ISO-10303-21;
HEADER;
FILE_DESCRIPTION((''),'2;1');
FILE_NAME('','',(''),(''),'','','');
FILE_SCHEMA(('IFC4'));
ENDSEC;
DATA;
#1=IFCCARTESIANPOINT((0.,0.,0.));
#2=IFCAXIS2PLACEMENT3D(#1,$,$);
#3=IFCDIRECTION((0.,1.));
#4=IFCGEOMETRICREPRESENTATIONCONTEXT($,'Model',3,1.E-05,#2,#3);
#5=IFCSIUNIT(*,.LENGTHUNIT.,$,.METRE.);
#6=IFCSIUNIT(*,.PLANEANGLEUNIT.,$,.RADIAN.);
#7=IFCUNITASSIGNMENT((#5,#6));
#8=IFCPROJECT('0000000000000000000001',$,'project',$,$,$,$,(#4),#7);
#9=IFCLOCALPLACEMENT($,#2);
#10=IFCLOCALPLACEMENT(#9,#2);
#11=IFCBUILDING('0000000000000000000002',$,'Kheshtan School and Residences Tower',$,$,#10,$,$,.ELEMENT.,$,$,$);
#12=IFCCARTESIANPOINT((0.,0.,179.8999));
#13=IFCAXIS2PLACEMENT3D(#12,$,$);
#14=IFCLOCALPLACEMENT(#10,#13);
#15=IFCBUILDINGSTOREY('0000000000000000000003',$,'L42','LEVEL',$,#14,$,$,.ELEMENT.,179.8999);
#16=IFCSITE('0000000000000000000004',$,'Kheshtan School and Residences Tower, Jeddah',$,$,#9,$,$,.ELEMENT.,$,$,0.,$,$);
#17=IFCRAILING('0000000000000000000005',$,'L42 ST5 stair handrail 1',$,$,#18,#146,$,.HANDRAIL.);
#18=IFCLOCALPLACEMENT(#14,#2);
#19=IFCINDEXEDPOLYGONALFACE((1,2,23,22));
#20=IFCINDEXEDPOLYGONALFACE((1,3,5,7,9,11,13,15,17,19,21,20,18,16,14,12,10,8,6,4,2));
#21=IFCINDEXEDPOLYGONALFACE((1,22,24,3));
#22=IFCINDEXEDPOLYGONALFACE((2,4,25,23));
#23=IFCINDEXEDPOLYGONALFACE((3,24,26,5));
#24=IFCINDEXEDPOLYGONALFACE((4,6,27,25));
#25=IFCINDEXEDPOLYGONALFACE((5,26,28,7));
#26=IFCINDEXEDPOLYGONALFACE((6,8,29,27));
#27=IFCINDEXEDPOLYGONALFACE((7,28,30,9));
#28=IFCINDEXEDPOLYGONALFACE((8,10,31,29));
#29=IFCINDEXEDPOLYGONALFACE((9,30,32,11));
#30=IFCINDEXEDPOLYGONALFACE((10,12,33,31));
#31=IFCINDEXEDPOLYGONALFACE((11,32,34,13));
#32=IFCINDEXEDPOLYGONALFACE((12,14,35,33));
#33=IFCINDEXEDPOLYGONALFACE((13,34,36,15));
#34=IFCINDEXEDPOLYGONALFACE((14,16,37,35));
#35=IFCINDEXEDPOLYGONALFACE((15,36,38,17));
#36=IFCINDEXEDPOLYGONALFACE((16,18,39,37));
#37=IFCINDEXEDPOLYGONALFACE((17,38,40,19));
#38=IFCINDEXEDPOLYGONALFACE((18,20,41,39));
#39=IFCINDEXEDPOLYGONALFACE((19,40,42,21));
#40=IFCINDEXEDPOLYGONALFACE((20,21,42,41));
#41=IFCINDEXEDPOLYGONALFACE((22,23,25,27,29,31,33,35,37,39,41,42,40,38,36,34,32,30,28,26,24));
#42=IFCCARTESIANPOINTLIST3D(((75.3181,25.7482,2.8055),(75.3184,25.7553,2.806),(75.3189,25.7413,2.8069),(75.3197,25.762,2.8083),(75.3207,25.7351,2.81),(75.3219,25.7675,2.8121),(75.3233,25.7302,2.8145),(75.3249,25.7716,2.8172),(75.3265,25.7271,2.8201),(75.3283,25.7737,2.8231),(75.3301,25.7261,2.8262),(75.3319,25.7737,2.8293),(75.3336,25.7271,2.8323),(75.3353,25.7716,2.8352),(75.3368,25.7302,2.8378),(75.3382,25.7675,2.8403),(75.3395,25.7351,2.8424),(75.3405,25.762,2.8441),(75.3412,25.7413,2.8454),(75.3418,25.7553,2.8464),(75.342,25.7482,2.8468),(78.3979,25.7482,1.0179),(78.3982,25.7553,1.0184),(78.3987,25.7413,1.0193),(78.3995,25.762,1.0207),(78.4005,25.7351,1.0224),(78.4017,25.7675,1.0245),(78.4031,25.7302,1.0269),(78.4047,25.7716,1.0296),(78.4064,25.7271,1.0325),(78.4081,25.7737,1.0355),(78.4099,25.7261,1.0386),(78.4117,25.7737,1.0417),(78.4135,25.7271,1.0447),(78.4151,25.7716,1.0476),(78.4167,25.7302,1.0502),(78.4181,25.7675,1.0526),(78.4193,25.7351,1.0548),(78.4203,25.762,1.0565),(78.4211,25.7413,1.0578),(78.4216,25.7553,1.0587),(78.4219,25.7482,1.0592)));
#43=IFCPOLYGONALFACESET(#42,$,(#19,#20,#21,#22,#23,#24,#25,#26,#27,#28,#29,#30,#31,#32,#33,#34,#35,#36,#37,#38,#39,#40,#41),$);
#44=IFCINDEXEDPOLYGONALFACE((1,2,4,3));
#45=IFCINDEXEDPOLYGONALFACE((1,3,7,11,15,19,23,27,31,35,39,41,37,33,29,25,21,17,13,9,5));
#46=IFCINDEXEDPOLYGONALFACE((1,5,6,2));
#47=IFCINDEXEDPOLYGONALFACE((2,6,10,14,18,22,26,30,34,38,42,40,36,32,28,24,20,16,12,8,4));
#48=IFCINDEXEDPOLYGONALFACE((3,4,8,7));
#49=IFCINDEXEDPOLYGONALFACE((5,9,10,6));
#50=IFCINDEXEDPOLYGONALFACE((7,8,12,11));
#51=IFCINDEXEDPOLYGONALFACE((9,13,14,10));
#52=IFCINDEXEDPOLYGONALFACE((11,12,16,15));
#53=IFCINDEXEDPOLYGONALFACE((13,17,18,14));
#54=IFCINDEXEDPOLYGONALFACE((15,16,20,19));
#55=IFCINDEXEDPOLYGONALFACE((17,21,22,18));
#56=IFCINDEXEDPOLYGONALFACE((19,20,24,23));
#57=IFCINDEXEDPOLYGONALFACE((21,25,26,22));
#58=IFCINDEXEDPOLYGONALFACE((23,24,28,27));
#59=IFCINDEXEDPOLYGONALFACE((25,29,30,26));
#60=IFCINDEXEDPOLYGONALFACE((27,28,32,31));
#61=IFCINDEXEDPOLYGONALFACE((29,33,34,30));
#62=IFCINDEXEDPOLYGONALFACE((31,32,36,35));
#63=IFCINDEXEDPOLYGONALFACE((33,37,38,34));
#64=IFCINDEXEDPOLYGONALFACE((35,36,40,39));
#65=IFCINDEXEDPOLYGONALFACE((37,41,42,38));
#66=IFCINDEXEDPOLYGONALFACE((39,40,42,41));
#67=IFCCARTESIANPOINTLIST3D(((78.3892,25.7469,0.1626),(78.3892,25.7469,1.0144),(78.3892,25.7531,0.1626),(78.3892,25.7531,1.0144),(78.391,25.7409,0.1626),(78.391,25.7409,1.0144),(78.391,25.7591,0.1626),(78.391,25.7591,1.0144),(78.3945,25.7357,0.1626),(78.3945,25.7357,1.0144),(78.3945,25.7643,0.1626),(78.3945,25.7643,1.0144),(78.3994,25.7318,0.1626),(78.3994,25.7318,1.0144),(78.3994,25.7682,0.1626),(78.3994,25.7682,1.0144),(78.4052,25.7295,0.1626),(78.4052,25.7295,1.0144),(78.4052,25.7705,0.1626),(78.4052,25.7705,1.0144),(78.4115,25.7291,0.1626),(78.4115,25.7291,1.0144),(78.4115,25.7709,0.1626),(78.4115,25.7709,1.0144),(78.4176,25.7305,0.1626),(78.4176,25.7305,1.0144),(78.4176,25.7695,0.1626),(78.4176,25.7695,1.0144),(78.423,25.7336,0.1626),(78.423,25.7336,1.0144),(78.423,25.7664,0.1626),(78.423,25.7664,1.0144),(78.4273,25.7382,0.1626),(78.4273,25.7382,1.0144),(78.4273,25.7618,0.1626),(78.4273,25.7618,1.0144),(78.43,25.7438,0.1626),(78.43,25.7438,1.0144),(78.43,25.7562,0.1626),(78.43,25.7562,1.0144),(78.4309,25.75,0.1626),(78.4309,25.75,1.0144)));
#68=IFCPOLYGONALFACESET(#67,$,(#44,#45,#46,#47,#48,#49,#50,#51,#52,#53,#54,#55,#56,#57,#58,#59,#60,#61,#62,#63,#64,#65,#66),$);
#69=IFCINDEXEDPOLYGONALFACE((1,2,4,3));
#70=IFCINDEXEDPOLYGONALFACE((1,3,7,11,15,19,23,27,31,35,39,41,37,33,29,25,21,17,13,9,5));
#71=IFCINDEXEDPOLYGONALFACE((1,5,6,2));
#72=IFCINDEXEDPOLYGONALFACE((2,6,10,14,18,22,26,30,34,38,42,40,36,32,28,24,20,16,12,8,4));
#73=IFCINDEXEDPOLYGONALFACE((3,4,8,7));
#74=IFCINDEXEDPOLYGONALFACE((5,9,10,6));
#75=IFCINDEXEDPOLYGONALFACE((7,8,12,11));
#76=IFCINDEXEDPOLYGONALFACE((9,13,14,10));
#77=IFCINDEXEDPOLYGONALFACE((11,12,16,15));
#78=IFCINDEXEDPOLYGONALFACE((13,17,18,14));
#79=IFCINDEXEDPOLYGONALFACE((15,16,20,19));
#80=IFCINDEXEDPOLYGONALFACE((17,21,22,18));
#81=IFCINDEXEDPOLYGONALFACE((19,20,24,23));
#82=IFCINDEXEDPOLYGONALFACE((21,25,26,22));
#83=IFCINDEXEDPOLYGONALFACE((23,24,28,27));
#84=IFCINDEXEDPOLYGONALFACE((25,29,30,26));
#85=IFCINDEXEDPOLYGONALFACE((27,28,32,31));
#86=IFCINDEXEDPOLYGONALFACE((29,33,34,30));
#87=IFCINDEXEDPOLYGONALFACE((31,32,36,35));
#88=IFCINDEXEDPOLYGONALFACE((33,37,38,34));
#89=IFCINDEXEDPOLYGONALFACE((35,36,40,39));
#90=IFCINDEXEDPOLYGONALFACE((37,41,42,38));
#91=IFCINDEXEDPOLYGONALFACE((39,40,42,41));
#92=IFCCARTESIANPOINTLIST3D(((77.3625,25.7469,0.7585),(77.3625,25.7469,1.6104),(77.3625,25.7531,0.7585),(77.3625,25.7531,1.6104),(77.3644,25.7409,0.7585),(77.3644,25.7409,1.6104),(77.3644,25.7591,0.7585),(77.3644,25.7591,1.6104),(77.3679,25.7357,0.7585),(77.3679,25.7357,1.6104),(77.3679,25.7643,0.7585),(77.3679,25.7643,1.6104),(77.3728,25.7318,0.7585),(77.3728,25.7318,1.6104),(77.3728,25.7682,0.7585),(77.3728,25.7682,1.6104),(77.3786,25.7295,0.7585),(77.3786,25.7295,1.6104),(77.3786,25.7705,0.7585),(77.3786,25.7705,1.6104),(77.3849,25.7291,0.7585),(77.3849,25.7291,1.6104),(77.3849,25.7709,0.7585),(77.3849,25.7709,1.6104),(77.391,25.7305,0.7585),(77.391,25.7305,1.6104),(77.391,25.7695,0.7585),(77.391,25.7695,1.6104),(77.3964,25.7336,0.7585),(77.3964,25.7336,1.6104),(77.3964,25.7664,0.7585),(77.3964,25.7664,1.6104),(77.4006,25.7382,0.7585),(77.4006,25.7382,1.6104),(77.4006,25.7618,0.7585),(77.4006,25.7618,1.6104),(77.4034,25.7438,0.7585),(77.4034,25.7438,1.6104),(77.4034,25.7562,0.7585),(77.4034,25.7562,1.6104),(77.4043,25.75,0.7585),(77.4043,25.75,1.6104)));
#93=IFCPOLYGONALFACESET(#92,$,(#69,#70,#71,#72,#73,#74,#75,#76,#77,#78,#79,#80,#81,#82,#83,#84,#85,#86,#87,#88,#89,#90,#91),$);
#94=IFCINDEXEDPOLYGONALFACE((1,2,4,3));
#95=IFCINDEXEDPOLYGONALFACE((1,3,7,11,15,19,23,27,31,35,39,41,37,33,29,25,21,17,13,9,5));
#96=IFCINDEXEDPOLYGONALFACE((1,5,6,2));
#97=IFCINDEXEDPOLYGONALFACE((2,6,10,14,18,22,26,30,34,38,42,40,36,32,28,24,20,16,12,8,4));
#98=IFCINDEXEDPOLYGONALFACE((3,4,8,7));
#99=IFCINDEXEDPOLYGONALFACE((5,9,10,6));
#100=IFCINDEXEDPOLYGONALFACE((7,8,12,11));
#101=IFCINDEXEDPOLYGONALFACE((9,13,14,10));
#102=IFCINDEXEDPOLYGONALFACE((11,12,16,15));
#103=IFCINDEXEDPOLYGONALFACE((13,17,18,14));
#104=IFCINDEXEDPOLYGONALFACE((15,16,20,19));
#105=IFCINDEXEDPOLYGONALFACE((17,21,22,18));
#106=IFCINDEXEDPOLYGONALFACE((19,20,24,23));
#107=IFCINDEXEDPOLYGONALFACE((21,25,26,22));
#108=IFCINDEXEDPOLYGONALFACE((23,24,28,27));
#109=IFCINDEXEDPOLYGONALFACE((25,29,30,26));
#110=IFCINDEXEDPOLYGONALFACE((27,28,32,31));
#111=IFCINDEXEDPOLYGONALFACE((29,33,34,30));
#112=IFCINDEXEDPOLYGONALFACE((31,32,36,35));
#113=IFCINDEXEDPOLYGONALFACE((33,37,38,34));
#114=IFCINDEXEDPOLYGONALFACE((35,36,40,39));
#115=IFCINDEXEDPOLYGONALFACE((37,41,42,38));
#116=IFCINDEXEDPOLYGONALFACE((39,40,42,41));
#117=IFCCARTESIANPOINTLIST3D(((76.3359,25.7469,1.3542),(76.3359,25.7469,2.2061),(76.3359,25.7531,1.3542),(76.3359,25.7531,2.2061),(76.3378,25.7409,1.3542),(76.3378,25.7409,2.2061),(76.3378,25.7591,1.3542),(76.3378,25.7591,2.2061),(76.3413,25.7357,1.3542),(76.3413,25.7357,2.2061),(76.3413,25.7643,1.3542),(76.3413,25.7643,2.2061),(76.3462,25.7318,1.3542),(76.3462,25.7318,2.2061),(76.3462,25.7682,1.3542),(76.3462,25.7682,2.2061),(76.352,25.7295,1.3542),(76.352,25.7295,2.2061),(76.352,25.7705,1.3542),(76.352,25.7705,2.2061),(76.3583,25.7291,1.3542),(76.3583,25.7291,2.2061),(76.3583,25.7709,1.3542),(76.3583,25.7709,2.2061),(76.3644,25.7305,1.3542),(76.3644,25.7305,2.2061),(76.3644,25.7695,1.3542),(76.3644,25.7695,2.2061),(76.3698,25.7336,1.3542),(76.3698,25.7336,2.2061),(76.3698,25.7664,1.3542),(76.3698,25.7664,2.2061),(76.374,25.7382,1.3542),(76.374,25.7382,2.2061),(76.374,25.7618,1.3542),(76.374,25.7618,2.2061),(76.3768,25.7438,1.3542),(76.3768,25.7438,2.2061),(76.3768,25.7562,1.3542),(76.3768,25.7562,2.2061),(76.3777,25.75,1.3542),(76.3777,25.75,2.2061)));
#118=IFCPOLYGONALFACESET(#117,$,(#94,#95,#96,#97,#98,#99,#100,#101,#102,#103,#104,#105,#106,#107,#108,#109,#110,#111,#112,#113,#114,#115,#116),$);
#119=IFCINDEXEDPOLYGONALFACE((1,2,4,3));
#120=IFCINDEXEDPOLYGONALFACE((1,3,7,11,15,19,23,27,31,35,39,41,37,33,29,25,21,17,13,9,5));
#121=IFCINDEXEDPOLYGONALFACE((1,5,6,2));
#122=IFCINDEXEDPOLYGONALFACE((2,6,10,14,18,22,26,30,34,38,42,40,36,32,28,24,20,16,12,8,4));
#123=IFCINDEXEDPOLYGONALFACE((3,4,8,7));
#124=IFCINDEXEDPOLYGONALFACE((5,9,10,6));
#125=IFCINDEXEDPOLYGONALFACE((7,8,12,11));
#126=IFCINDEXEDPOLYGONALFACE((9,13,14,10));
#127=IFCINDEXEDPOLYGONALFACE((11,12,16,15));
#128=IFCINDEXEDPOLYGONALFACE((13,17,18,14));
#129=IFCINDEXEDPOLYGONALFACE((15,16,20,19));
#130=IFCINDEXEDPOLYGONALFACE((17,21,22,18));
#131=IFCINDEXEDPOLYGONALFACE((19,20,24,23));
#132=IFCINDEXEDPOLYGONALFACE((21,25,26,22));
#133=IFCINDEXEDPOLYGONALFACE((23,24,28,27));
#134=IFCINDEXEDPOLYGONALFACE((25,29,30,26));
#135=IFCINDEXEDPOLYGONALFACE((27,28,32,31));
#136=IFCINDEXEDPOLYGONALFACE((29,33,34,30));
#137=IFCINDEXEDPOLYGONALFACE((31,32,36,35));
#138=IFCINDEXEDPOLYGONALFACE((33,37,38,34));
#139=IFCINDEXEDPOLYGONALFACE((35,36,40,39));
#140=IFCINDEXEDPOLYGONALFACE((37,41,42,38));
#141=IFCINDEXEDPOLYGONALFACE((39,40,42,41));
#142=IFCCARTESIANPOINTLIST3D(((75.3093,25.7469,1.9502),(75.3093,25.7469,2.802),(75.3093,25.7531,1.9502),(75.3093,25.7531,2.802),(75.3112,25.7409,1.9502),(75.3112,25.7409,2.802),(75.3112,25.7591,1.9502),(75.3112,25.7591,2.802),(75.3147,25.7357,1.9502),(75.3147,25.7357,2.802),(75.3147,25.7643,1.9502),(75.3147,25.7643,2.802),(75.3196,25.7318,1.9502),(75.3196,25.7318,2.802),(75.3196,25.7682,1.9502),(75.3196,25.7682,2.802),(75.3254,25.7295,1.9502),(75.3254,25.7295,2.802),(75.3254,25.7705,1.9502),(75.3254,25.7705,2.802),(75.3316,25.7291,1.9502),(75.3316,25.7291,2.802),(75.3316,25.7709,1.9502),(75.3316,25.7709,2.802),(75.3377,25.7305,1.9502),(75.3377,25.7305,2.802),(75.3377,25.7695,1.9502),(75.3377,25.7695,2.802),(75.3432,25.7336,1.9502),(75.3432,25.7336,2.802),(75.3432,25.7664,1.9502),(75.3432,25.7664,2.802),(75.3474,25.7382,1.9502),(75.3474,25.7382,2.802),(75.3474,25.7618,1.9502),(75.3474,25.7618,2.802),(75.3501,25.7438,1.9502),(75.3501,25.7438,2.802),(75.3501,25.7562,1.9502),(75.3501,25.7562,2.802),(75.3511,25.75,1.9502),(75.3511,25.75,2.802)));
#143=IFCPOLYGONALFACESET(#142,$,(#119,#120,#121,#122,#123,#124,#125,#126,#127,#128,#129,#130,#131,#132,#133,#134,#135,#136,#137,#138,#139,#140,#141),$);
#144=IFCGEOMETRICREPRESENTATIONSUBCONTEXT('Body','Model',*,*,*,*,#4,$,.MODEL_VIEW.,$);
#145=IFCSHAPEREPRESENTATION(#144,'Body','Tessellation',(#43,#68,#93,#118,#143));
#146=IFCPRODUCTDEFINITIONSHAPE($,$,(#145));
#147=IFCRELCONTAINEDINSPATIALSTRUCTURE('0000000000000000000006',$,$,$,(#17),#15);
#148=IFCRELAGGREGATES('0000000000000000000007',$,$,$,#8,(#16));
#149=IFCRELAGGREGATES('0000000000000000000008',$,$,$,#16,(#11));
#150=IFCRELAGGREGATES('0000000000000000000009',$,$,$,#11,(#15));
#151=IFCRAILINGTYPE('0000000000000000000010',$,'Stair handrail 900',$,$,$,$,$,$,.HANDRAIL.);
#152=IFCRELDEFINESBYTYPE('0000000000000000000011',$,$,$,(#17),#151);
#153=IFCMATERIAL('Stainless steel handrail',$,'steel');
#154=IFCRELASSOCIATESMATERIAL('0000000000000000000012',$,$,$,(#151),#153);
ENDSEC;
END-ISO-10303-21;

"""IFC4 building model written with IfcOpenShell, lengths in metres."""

from ifc_helpers import new_model, si_unit, direction, frame, origin, origin_2d, place, context, subcontext, project, spatial, circle, extrude, material, type_object, element, save


model = new_model("IFC4")

# Units and contexts
model_context = context("Model", 3, precision=1e-05, world=origin(), true_north=direction((0.0, 1.0)))
body_context = subcontext(model_context, "Body", "Model", "MODEL_VIEW")
ifc_project = project(units=[si_unit("LENGTHUNIT", "METRE"), si_unit("PLANEANGLEUNIT", "RADIAN")], contexts=[model_context])

# Site, building, storey
site_placement = place(None, origin())
site = spatial("IfcSite", under=ifc_project, at=site_placement, Name="Kheshtan School and Residences Tower, Jeddah", CompositionType="ELEMENT", RefElevation=0.0)
building_placement = place(site_placement, origin())
building = spatial("IfcBuilding", under=site, at=building_placement, Name="Kheshtan School and Residences Tower", CompositionType="ELEMENT")
storey_placement = place(building_placement, frame((0.0, 0.0, 179.8999)))
storey = spatial("IfcBuildingStorey", under=building, at=storey_placement, Name="L42", Description="LEVEL", CompositionType="ELEMENT", Elevation=179.8999)

# Railing
ifc_material_1 = material(Name="Stainless steel handrail", Category="steel")
railing_type_1 = type_object("IfcRailingType", Name="Stair handrail 900", PredefinedType="HANDRAIL", material=ifc_material_1)
railing_1_placement = place(storey_placement, frame((78.4099, 25.75, 0.1626)))
element("IfcRailing", 1, at=railing_1_placement, inside=storey, type_object=railing_type_1, Name="L42 ST5 stair handrail 1", PredefinedType="HANDRAIL", context=body_context, shape_type="SweptSolid", body=[
    extrude(circle(Radius=0.0239, at=origin_2d()), frame((0.0, 0.0, 0.876), z_axis=(-0.864873, 0.0, 0.50199), x_axis=(0.0, -1.0, 0.0)), (0.0, 0.0, 1.0), 3.561),
    extrude(circle(Radius=0.021, at=origin_2d()), origin(), (0.0, 0.0, 1.0), 0.8518),
    extrude(circle(Radius=0.021, at=origin_2d()), frame((-1.0266, 0.0, 0.5959)), (0.0, 0.0, 1.0), 0.8518),
    extrude(circle(Radius=0.021, at=origin_2d()), frame((-2.0532, 0.0, 1.1917)), (0.0, 0.0, 1.0), 0.8518),
    extrude(circle(Radius=0.021, at=origin_2d()), frame((-3.0798, 0.0, 1.7876)), (0.0, 0.0, 1.0), 0.8518),
])

save(model, "model.ifc")
